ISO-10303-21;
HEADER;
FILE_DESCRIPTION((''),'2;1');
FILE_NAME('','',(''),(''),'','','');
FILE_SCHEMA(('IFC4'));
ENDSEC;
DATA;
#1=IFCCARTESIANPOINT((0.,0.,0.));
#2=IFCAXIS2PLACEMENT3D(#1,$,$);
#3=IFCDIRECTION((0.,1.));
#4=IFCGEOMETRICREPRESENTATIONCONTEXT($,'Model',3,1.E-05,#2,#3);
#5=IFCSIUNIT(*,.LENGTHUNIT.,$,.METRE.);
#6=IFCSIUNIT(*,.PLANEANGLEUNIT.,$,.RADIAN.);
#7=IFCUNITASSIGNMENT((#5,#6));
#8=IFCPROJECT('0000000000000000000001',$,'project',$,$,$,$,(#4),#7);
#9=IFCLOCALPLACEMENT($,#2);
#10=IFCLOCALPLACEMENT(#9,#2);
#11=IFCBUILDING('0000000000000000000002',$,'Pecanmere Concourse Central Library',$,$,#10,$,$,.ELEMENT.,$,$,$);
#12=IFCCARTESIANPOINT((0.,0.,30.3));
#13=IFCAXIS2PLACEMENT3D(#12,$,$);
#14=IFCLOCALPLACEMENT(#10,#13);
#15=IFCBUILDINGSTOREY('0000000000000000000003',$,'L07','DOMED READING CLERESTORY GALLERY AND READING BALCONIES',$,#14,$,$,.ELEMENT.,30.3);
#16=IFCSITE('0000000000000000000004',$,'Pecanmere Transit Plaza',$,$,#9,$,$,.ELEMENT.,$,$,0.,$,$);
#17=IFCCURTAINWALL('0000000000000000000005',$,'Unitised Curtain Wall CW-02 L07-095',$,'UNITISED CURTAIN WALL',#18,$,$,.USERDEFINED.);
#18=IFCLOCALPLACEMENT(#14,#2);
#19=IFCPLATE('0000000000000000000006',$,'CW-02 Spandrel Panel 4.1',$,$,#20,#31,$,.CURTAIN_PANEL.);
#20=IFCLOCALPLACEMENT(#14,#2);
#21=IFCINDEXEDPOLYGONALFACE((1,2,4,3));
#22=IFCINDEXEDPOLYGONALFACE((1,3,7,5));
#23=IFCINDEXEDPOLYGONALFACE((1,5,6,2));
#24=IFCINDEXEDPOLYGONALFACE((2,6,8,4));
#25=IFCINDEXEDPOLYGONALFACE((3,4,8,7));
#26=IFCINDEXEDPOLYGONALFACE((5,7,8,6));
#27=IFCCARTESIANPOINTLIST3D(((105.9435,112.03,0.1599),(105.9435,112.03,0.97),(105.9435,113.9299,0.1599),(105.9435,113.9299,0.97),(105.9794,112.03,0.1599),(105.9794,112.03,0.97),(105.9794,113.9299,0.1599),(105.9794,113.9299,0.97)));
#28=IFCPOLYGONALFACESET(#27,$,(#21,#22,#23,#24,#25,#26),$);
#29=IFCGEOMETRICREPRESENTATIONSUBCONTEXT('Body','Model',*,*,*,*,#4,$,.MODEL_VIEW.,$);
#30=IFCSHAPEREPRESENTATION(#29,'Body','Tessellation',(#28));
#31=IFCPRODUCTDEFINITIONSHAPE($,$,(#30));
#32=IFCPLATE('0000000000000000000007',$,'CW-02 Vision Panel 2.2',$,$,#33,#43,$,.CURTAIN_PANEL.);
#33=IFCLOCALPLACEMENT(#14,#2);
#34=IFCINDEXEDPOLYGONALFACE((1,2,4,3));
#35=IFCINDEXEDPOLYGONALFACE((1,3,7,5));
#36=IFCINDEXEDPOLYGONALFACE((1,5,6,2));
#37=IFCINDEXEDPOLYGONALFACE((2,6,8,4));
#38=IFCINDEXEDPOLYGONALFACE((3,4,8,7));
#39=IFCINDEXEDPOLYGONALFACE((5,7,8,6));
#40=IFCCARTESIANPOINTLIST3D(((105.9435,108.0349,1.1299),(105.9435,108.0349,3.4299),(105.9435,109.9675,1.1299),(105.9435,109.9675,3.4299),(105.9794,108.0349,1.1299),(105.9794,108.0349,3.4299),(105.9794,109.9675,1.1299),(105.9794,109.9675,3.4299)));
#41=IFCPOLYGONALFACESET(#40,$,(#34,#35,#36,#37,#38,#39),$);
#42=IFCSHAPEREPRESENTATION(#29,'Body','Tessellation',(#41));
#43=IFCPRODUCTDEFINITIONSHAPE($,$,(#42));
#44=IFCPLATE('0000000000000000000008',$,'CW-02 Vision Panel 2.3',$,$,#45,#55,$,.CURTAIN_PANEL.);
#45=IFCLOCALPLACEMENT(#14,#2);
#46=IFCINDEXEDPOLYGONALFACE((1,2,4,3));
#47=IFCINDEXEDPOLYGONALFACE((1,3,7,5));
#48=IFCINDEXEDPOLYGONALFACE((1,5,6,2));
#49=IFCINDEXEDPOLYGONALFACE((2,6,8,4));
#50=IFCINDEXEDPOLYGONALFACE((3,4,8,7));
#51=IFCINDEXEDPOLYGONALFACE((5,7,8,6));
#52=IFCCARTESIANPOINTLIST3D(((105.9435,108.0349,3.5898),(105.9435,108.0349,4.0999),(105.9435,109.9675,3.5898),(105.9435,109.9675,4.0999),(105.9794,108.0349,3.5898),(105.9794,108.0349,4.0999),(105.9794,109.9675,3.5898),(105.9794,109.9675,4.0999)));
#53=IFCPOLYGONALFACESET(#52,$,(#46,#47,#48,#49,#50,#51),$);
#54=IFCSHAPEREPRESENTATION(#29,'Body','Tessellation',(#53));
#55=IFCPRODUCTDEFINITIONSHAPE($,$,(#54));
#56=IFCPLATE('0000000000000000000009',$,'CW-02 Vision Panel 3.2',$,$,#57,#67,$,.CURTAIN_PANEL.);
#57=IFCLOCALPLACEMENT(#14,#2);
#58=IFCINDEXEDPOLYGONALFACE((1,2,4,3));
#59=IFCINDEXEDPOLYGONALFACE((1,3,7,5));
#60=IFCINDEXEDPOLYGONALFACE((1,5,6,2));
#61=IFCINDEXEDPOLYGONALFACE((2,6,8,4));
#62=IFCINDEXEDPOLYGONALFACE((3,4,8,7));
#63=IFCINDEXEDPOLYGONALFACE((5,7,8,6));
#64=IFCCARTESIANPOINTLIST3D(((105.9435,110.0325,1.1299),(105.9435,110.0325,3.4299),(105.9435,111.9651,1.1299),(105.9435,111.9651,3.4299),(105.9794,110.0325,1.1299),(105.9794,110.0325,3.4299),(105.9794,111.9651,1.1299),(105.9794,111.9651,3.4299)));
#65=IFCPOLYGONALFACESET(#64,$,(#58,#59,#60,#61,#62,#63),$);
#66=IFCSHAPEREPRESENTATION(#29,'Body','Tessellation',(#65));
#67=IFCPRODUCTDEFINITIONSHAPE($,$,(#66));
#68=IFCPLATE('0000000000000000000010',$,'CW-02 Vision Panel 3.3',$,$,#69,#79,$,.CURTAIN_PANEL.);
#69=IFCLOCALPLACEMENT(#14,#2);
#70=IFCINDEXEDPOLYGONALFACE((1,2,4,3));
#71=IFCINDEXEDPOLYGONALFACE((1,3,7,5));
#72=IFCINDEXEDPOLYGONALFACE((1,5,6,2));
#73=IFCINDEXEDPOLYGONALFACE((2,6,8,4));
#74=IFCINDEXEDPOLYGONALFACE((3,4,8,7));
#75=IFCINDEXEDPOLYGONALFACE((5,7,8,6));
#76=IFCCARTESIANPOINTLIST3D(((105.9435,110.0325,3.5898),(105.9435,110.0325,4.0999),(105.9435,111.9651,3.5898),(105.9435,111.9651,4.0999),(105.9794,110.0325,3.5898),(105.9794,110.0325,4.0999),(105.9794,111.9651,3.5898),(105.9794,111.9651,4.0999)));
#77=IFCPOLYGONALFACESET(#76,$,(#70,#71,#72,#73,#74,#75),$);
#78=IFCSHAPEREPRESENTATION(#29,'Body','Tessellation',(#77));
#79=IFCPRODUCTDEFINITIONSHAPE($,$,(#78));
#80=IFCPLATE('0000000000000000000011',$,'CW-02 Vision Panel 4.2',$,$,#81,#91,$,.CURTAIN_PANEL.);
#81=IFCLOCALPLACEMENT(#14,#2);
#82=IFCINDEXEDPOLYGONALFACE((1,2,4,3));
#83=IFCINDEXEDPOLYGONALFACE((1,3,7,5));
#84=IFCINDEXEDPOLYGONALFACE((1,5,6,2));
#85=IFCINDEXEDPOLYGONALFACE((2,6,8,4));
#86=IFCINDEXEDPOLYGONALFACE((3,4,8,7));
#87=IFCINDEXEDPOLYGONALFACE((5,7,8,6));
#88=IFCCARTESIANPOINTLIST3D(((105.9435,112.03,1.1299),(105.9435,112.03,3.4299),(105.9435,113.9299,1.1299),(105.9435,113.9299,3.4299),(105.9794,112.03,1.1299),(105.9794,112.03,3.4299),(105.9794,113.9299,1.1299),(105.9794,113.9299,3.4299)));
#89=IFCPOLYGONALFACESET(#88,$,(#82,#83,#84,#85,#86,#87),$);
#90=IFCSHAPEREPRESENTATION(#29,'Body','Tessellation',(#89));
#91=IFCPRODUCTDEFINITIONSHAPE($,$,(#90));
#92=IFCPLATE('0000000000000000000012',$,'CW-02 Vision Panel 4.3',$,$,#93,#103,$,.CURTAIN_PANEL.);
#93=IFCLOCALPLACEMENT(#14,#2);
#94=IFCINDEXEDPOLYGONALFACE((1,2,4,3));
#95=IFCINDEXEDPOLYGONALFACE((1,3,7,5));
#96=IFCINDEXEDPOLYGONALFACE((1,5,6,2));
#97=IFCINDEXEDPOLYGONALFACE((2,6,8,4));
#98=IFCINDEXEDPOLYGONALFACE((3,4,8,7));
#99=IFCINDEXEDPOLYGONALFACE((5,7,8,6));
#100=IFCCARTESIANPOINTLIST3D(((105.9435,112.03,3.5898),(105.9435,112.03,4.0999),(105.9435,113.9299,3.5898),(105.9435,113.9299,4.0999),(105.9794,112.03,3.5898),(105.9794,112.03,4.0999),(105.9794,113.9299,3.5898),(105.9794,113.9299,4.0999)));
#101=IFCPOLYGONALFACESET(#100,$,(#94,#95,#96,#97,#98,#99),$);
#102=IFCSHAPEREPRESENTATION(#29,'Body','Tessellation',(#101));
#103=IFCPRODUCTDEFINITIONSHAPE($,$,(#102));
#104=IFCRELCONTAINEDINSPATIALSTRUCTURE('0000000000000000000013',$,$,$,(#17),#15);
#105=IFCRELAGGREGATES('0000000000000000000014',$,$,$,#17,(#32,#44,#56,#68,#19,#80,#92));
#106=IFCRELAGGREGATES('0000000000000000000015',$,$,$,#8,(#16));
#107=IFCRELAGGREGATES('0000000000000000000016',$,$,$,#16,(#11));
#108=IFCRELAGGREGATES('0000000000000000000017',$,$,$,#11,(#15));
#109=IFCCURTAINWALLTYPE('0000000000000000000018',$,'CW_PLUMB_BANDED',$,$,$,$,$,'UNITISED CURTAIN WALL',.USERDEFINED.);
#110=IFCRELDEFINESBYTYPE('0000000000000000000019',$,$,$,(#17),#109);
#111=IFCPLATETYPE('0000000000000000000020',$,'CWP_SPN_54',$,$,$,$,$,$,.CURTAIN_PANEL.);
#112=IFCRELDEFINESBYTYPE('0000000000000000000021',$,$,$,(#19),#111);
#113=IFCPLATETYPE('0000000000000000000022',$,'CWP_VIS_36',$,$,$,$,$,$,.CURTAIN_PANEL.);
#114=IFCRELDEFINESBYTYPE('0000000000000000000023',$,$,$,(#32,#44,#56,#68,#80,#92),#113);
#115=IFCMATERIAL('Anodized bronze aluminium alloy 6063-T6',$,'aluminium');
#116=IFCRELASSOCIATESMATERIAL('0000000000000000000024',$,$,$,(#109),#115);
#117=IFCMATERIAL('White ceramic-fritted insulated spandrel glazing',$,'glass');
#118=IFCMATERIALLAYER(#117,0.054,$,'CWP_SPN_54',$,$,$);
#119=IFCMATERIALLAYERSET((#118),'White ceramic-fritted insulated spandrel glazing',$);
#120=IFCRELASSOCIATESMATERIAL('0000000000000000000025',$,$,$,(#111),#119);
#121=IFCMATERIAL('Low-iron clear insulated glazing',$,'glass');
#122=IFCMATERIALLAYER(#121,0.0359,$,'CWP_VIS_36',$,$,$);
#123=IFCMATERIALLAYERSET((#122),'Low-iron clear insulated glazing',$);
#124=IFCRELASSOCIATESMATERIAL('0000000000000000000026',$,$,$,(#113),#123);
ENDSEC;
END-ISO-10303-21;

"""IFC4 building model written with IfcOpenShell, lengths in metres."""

from ifc_helpers import new_model, si_unit, direction, frame, origin, origin_2d, place, context, subcontext, project, spatial, rectangle, extrude, material, layer, layer_set, type_object, element, aggregate, save


model = new_model("IFC4")

# Units and contexts
model_context = context("Model", 3, precision=1e-05, world=origin(), true_north=direction((0.0, 1.0)))
body_context = subcontext(model_context, "Body", "Model", "MODEL_VIEW")
ifc_project = project(units=[si_unit("LENGTHUNIT", "METRE"), si_unit("PLANEANGLEUNIT", "RADIAN")], contexts=[model_context])

# Site, building, storey
site_placement = place(None, origin())
site = spatial("IfcSite", under=ifc_project, at=site_placement, Name="Pecanmere Transit Plaza", CompositionType="ELEMENT", RefElevation=0.0)
building_placement = place(site_placement, origin())
building = spatial("IfcBuilding", under=site, at=building_placement, Name="Pecanmere Concourse Central Library", CompositionType="ELEMENT")
storey_placement = place(building_placement, frame((0.0, 0.0, 30.3)))
storey = spatial("IfcBuildingStorey", under=building, at=storey_placement, Name="L07", Description="DOMED READING CLERESTORY GALLERY AND READING BALCONIES", CompositionType="ELEMENT", Elevation=30.3)

# Curtain wall
ifc_material_1 = material(Name="Anodized bronze aluminium alloy 6063-T6", Category="aluminium")
curtain_wall_type = type_object("IfcCurtainWallType", Name="CW_PLUMB_BANDED", ElementType="UNITISED CURTAIN WALL", PredefinedType="USERDEFINED", material=ifc_material_1)
curtain_wall_1_placement = place(storey_placement, origin())
curtain_wall_1 = element("IfcCurtainWall", 1, at=curtain_wall_1_placement, inside=storey, type_object=curtain_wall_type, Name="Unitised Curtain Wall CW-02 L07-095", ObjectType="UNITISED CURTAIN WALL", PredefinedType="USERDEFINED")

# Plates
ifc_material_2 = material(Name="White ceramic-fritted insulated spandrel glazing", Category="glass")
ifc_layer_1 = layer(ifc_material_2, 0.054, Name="CWP_SPN_54")
ifc_layer_set_1 = layer_set([ifc_layer_1], Name="White ceramic-fritted insulated spandrel glazing")
plate_type_1 = type_object("IfcPlateType", Name="CWP_SPN_54", PredefinedType="CURTAIN_PANEL", material=ifc_layer_set_1)
plate_1_placement = place(storey_placement, frame((105.9614, 112.98, 0.1599), z_axis=(0.0, 0.0, 1.0), x_axis=(0.0, 1.0, 0.0)))
plate_1 = element("IfcPlate", 2, at=plate_1_placement, type_object=plate_type_1, Name="CW-02 Spandrel Panel 4.1", PredefinedType="CURTAIN_PANEL", context=body_context, shape_type="SweptSolid", body=[
    extrude(rectangle(XDim=1.8999, YDim=0.0359, at=origin_2d()), origin(), (0.0, 0.0, 1.0), 0.8101),
])
ifc_material_3 = material(Name="Low-iron clear insulated glazing", Category="glass")
ifc_layer_2 = layer(ifc_material_3, 0.0359, Name="CWP_VIS_36")
ifc_layer_set_2 = layer_set([ifc_layer_2], Name="Low-iron clear insulated glazing")
plate_type_2 = type_object("IfcPlateType", Name="CWP_VIS_36", PredefinedType="CURTAIN_PANEL", material=ifc_layer_set_2)
plate_2_placement = place(storey_placement, frame((105.9614, 109.0012, 1.1299), z_axis=(0.0, 0.0, 1.0), x_axis=(0.0, 1.0, 0.0)))
plate_2 = element("IfcPlate", 3, at=plate_2_placement, type_object=plate_type_2, Name="CW-02 Vision Panel 2.2", PredefinedType="CURTAIN_PANEL", context=body_context, shape_type="SweptSolid", body=[
    extrude(rectangle(XDim=1.9326, YDim=0.0359, at=origin_2d()), origin(), (0.0, 0.0, 1.0), 2.3),
])
plate_3_placement = place(storey_placement, frame((105.9614, 109.0012, 3.5898), z_axis=(0.0, 0.0, 1.0), x_axis=(0.0, 1.0, 0.0)))
plate_3 = element("IfcPlate", 4, at=plate_3_placement, type_object=plate_type_2, Name="CW-02 Vision Panel 2.3", PredefinedType="CURTAIN_PANEL", context=body_context, shape_type="SweptSolid", body=[
    extrude(rectangle(XDim=1.9326, YDim=0.0359, at=origin_2d()), origin(), (0.0, 0.0, 1.0), 0.51),
])
plate_4_placement = place(storey_placement, frame((105.9614, 110.9988, 1.1299), z_axis=(0.0, 0.0, 1.0), x_axis=(0.0, 1.0, 0.0)))
plate_4 = element("IfcPlate", 5, at=plate_4_placement, type_object=plate_type_2, Name="CW-02 Vision Panel 3.2", PredefinedType="CURTAIN_PANEL", context=body_context, shape_type="SweptSolid", body=[
    extrude(rectangle(XDim=1.9326, YDim=0.0359, at=origin_2d()), origin(), (0.0, 0.0, 1.0), 2.3),
])
plate_5_placement = place(storey_placement, frame((105.9614, 110.9988, 3.5898), z_axis=(0.0, 0.0, 1.0), x_axis=(0.0, 1.0, 0.0)))
plate_5 = element("IfcPlate", 6, at=plate_5_placement, type_object=plate_type_2, Name="CW-02 Vision Panel 3.3", PredefinedType="CURTAIN_PANEL", context=body_context, shape_type="SweptSolid", body=[
    extrude(rectangle(XDim=1.9326, YDim=0.0359, at=origin_2d()), origin(), (0.0, 0.0, 1.0), 0.51),
])
plate_6_placement = place(storey_placement, frame((105.9614, 112.98, 1.1299), z_axis=(0.0, 0.0, 1.0), x_axis=(0.0, 1.0, 0.0)))
plate_6 = element("IfcPlate", 7, at=plate_6_placement, type_object=plate_type_2, Name="CW-02 Vision Panel 4.2", PredefinedType="CURTAIN_PANEL", context=body_context, shape_type="SweptSolid", body=[
    extrude(rectangle(XDim=1.8999, YDim=0.0359, at=origin_2d()), origin(), (0.0, 0.0, 1.0), 2.3),
])
plate_7_placement = place(storey_placement, frame((105.9614, 112.98, 3.5898), z_axis=(0.0, 0.0, 1.0), x_axis=(0.0, 1.0, 0.0)))
plate_7 = element("IfcPlate", 8, at=plate_7_placement, type_object=plate_type_2, Name="CW-02 Vision Panel 4.3", PredefinedType="CURTAIN_PANEL", context=body_context, shape_type="SweptSolid", body=[
    extrude(rectangle(XDim=1.8999, YDim=0.0359, at=origin_2d()), origin(), (0.0, 0.0, 1.0), 0.51),
])
aggregate(curtain_wall_1, [plate_2, plate_3, plate_4, plate_5, plate_1, plate_6, plate_7])

save(model, "model.ifc")
